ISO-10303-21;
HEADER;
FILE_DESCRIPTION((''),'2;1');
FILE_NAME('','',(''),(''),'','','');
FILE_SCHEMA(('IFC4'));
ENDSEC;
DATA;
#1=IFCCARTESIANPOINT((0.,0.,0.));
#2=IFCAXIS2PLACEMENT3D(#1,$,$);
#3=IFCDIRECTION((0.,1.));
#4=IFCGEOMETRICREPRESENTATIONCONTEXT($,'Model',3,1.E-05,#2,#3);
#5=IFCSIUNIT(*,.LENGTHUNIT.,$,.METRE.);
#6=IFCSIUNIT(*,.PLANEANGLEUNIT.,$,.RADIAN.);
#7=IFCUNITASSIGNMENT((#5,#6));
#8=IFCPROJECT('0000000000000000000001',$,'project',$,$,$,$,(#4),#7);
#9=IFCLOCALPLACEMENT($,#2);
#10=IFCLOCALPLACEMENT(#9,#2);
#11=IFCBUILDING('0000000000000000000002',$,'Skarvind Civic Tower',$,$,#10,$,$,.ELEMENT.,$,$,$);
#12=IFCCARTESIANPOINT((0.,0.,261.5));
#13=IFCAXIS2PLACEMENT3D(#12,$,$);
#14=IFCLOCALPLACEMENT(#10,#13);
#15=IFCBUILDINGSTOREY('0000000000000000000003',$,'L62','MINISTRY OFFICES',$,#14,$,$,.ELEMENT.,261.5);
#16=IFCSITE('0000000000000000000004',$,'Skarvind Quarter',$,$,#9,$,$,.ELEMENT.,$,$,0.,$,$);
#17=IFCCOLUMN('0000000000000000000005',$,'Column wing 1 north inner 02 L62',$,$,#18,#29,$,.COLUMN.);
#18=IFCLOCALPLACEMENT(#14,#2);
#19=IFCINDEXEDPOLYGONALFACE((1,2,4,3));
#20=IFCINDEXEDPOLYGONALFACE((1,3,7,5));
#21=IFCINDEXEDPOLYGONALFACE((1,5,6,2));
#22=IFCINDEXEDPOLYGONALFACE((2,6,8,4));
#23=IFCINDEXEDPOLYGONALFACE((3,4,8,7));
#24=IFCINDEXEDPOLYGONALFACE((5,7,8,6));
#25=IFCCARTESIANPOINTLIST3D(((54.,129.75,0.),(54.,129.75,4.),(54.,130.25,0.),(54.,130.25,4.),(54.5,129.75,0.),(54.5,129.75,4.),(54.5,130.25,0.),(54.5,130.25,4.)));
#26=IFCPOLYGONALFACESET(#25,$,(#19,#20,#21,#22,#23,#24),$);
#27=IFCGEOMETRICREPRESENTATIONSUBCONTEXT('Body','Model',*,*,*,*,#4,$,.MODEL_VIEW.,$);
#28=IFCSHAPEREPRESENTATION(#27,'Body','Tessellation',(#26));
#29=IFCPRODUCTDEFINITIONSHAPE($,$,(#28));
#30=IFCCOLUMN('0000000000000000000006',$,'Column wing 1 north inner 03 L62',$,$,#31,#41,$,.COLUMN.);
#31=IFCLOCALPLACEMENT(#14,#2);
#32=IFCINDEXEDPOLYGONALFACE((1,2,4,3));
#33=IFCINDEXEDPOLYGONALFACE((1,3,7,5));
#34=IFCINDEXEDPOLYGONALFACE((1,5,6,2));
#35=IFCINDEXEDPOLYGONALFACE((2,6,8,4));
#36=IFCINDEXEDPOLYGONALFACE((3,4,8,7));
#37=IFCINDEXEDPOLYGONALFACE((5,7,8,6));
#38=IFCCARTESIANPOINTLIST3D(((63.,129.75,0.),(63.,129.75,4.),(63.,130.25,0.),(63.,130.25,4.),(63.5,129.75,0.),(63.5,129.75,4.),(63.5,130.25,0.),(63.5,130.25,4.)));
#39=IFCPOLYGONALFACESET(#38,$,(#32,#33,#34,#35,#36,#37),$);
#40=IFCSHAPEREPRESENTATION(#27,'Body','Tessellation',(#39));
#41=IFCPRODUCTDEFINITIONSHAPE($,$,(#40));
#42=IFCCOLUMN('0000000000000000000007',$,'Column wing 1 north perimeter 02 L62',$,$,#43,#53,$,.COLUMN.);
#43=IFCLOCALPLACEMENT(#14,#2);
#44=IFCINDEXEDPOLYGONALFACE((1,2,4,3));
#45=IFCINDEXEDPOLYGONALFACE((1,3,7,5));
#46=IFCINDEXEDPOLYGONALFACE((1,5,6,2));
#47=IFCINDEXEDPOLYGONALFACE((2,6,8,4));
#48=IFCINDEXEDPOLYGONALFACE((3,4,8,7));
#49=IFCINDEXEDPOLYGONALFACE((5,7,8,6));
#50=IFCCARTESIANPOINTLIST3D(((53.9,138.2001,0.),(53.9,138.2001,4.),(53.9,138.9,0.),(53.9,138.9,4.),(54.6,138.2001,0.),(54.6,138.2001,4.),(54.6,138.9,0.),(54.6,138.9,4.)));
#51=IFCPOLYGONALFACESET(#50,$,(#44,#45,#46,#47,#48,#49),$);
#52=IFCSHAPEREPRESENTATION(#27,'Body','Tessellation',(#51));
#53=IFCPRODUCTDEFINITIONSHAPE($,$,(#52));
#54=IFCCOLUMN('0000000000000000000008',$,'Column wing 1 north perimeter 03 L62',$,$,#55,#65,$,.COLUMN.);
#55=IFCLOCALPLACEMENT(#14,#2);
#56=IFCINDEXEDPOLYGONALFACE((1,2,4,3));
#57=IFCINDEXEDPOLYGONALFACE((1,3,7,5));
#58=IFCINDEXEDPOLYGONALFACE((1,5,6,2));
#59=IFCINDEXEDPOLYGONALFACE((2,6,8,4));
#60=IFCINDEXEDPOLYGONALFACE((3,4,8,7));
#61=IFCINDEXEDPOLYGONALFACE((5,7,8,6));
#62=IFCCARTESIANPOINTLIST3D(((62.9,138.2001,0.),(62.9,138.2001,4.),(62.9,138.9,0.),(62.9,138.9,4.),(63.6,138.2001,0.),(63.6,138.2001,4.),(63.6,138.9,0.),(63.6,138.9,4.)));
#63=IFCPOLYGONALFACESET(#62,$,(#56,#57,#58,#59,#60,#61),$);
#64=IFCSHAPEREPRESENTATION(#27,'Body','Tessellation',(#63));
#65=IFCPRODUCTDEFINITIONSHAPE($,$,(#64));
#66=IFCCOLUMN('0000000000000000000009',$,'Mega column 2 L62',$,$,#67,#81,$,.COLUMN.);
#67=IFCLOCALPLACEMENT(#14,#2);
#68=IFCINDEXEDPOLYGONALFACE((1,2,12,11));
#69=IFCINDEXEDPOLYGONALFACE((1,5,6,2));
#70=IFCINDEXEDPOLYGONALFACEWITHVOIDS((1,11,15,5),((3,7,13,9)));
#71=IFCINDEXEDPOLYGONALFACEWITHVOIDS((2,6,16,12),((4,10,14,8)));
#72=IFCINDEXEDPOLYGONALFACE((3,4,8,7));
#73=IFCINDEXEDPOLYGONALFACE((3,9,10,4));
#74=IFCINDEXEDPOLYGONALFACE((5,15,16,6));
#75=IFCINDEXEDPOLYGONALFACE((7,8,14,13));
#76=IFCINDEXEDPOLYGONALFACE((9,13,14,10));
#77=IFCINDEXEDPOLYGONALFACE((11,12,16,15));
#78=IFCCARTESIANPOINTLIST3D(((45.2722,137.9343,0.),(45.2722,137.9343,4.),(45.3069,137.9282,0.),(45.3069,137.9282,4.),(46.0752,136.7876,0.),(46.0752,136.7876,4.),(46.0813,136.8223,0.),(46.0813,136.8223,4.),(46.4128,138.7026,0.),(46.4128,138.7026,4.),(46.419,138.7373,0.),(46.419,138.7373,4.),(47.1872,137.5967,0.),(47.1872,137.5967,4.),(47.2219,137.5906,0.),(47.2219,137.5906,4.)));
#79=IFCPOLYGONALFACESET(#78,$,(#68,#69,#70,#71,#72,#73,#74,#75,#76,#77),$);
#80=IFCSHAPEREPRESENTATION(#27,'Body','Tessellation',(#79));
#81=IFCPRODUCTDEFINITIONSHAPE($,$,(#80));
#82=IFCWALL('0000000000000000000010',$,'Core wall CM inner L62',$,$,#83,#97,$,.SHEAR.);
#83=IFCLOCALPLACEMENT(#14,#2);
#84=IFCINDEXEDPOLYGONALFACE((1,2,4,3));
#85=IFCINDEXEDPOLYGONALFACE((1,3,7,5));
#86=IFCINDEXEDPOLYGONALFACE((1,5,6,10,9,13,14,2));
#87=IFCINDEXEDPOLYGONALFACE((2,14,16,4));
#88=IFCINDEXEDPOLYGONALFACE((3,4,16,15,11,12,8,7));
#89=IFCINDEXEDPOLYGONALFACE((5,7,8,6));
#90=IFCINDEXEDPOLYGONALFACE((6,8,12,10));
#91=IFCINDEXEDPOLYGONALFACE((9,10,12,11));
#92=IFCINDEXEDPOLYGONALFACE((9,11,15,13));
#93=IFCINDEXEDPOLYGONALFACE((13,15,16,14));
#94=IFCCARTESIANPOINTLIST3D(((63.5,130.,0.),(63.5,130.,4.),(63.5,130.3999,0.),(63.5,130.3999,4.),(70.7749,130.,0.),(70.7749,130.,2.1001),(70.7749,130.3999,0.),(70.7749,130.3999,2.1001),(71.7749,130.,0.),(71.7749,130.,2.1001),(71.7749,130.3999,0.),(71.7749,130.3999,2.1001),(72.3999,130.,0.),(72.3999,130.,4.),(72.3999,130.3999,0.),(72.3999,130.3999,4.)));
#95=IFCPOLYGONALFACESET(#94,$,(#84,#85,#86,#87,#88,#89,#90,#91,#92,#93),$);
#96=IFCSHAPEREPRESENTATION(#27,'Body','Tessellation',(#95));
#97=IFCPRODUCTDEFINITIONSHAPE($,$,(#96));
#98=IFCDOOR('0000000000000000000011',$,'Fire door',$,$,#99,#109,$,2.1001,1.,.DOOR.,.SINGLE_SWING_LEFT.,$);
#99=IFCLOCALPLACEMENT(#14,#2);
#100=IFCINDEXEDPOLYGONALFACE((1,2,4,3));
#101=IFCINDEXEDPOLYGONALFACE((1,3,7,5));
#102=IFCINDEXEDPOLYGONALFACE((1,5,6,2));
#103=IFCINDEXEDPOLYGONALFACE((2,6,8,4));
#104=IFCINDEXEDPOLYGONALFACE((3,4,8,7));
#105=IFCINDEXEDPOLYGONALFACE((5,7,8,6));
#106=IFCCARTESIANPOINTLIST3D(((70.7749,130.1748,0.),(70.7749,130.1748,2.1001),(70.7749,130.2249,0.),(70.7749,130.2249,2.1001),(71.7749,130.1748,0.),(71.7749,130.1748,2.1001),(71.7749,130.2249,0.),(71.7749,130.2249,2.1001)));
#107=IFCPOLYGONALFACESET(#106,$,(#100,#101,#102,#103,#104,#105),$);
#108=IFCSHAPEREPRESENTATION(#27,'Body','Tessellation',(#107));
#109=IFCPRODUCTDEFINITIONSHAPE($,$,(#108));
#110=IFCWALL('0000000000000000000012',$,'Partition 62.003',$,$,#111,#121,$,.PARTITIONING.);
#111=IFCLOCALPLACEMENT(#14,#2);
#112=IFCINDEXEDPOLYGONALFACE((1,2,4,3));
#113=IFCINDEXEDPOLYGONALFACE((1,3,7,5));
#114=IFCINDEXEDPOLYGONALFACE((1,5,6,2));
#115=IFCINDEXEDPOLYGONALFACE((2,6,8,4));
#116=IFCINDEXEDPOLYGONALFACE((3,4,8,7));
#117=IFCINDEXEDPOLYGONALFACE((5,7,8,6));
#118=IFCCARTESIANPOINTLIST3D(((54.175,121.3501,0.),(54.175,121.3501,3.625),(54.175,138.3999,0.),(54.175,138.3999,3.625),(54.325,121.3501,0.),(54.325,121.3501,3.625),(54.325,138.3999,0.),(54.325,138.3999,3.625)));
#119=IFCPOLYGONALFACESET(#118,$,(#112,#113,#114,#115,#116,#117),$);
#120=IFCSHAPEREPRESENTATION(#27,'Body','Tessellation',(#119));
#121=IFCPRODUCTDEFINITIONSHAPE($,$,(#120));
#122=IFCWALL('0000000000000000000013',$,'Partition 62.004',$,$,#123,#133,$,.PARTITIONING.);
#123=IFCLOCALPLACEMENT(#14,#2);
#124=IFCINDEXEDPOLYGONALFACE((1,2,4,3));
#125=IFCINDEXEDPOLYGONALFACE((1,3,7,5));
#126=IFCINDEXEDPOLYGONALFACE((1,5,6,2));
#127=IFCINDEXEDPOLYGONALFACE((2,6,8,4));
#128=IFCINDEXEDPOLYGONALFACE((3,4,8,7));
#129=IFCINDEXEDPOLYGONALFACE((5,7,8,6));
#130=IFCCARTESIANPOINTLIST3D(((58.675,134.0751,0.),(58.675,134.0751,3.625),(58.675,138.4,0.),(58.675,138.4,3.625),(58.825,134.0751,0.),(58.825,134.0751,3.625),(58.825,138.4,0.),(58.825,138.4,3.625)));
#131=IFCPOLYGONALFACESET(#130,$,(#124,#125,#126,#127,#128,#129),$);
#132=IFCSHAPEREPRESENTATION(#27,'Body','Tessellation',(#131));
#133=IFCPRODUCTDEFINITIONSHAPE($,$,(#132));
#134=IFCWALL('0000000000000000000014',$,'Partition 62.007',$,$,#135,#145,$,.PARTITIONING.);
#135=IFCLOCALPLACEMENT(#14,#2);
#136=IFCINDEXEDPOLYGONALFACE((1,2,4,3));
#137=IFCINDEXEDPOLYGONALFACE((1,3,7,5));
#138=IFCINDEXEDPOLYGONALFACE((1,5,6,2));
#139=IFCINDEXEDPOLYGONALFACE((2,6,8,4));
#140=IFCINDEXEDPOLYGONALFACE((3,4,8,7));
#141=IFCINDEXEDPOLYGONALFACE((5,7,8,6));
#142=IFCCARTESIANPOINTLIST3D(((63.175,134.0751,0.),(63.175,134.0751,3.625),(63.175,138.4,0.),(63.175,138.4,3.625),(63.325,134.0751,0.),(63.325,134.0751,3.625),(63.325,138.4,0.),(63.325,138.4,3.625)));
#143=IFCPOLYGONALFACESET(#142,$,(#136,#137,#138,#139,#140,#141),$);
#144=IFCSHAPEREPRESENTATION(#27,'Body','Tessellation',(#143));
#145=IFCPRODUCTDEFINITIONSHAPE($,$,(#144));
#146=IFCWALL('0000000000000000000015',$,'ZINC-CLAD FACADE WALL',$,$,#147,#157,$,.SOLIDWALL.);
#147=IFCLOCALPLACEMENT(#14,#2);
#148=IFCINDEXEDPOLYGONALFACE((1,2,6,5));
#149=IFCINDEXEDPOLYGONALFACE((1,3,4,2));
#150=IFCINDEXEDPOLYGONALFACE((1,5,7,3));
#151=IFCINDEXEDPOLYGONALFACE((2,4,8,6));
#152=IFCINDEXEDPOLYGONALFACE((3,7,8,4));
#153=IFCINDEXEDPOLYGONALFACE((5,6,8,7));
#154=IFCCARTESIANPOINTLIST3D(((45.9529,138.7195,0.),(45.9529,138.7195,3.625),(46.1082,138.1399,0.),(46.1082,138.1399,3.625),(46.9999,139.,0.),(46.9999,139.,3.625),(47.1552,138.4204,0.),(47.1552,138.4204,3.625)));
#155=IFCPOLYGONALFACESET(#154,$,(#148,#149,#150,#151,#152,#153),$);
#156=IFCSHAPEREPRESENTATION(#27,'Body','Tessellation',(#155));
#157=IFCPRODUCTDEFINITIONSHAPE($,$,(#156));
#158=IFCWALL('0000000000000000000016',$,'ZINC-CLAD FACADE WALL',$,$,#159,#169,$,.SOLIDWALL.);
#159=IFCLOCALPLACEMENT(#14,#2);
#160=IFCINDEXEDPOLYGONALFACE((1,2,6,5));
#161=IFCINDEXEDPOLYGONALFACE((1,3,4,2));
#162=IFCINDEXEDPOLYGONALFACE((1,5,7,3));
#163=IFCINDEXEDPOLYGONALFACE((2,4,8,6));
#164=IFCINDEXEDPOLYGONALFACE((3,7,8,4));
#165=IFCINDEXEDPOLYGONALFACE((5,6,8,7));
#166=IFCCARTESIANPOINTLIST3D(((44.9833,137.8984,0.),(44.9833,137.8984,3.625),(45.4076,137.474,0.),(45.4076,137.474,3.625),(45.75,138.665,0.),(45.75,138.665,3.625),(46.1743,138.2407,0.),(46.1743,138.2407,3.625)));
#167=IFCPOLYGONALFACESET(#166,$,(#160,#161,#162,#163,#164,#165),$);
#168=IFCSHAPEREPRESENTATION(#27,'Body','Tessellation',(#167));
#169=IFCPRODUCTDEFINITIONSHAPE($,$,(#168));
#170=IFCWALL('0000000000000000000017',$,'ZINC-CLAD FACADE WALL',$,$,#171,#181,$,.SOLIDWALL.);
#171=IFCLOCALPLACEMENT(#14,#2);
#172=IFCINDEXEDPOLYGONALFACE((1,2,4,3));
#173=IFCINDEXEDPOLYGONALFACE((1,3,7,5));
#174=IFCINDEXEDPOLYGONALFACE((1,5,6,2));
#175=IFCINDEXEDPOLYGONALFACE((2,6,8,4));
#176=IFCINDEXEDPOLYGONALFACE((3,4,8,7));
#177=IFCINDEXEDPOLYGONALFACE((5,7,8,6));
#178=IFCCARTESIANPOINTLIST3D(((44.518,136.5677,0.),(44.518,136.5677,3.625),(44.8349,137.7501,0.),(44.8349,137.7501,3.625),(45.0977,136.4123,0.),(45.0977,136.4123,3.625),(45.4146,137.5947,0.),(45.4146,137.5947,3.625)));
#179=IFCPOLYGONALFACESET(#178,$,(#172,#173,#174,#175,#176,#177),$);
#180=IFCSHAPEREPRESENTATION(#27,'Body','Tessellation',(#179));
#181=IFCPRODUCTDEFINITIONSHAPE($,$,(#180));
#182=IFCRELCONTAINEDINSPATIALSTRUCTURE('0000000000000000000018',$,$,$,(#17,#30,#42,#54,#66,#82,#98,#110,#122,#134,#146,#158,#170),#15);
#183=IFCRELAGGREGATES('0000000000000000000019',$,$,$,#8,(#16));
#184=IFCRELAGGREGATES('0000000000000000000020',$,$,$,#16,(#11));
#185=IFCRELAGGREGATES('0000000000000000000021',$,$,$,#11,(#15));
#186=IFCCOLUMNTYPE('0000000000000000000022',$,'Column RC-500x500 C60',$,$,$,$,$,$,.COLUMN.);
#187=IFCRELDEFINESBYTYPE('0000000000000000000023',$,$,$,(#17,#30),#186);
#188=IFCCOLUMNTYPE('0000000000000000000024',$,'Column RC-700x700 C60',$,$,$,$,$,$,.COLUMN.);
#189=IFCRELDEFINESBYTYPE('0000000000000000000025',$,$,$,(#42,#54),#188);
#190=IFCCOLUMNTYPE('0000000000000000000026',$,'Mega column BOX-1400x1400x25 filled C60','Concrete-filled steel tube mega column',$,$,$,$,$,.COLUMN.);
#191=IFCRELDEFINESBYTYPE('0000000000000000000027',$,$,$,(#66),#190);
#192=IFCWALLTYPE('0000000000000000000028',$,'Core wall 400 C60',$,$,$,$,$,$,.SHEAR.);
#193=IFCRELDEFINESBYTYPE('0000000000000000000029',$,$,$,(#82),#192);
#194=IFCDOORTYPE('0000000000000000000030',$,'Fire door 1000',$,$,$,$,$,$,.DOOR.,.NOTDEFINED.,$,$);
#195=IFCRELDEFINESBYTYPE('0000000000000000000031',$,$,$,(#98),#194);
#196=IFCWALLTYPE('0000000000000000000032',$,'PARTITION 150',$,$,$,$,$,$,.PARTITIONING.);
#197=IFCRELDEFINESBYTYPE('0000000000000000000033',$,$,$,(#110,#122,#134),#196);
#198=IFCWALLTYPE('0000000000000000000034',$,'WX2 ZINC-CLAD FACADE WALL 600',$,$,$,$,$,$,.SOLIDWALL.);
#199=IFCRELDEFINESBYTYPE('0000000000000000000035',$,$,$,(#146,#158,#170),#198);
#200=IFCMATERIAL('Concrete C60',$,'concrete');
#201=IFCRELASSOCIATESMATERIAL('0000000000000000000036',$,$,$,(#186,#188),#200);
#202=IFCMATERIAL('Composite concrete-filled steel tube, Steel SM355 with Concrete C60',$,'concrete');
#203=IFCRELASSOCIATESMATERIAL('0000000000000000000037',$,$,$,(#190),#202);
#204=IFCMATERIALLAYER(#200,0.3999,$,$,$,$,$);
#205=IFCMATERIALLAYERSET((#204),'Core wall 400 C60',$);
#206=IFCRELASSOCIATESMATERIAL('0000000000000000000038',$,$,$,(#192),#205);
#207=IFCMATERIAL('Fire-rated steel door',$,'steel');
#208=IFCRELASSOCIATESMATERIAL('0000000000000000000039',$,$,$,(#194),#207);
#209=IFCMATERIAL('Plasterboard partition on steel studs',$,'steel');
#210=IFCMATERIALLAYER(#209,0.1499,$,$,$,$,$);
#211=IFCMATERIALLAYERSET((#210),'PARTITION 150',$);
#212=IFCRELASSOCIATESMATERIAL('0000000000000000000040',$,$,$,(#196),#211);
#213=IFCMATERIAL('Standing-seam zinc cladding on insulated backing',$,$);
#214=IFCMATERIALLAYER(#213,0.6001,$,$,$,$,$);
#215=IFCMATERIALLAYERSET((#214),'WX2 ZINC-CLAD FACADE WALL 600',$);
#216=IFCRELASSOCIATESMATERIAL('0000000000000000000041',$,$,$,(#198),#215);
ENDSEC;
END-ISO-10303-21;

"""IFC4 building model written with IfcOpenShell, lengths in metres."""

from ifc_helpers import new_model, si_unit, direction, frame, frame_2d, origin, origin_2d, place, context, subcontext, project, spatial, rectangle, hollow_rectangle, extrude, material, layer, layer_set, material_profile, profile_set, type_object, element, fill, save


model = new_model("IFC4")

# Units and contexts
model_context = context("Model", 3, precision=1e-05, world=origin(), true_north=direction((0.0, 1.0)))
body_context = subcontext(model_context, "Body", "Model", "MODEL_VIEW")
ifc_project = project(units=[si_unit("LENGTHUNIT", "METRE"), si_unit("PLANEANGLEUNIT", "RADIAN")], contexts=[model_context])

# Site, building, storey
site_placement = place(None, origin())
site = spatial("IfcSite", under=ifc_project, at=site_placement, Name="Skarvind Quarter", CompositionType="ELEMENT", RefElevation=0.0)
building_placement = place(site_placement, origin())
building = spatial("IfcBuilding", under=site, at=building_placement, Name="Skarvind Civic Tower", CompositionType="ELEMENT")
storey_placement = place(building_placement, frame((0.0, 0.0, 261.5)))
storey = spatial("IfcBuildingStorey", under=building, at=storey_placement, Name="L62", Description="MINISTRY OFFICES", CompositionType="ELEMENT", Elevation=261.5)

# Columns
ifc_material_1 = material(Name="Concrete C60", Category="concrete")
ifc_material_profile_1 = material_profile(ifc_material_1, rectangle(XDim=0.5, YDim=0.5, at=origin_2d()), Name="RC-500x500")
ifc_profile_set_1 = profile_set([ifc_material_profile_1], Name="Concrete C60")
column_type_1 = type_object("IfcColumnType", Name="Column RC-500x500 C60", PredefinedType="COLUMN", material=ifc_profile_set_1)
for number, where, z_axis, x_axis, name in (
    (1, (54.25, 130.0, 0.0), (0.0, 0.0, 1.0), (1.0, 0.0, 0.0), "Column wing 1 north inner 02 L62"),
    (2, (63.25, 130.0, 0.0), (0.0, 0.0, 1.0), (1.0, 0.0, 0.0), "Column wing 1 north inner 03 L62"),
):
    element("IfcColumn", number, at=place(storey_placement, frame(where, z_axis=z_axis, x_axis=x_axis)), inside=storey, type_object=column_type_1, Name=name, PredefinedType="COLUMN", context=body_context, shape_type="SweptSolid", body=[
        extrude(rectangle(XDim=0.5, YDim=0.5, at=origin_2d()), origin(), (0.0, 0.0, 1.0), 4.0),
    ])
ifc_material_profile_2 = material_profile(ifc_material_1, rectangle(XDim=0.7, YDim=0.7, at=origin_2d()), Name="RC-700x700")
ifc_profile_set_2 = profile_set([ifc_material_profile_2], Name="Concrete C60")
column_type_2 = type_object("IfcColumnType", Name="Column RC-700x700 C60", PredefinedType="COLUMN", material=ifc_profile_set_2)
for number, where, z_axis, x_axis, name in (
    (3, (54.25, 138.55, 0.0), (0.0, 0.0, 1.0), (1.0, 0.0, 0.0), "Column wing 1 north perimeter 02 L62"),
    (4, (63.25, 138.55, 0.0), (0.0, 0.0, 1.0), (1.0, 0.0, 0.0), "Column wing 1 north perimeter 03 L62"),
):
    element("IfcColumn", number, at=place(storey_placement, frame(where, z_axis=z_axis, x_axis=x_axis)), inside=storey, type_object=column_type_2, Name=name, PredefinedType="COLUMN", context=body_context, shape_type="SweptSolid", body=[
        extrude(rectangle(XDim=0.7, YDim=0.7, at=origin_2d()), origin(), (0.0, 0.0, 1.0), 4.0),
    ])
ifc_material_2 = material(Name="Composite concrete-filled steel tube, Steel SM355 with Concrete C60", Category="concrete")
ifc_material_profile_3 = material_profile(ifc_material_2, hollow_rectangle(XDim=1.3999, YDim=1.3999, WallThickness=0.0249, at=origin_2d()), Name="BOX-1400x1400x25")
ifc_profile_set_3 = profile_set([ifc_material_profile_3], Name="Composite concrete-filled steel tube, Steel SM355 with Concrete C60")
column_type_3 = type_object("IfcColumnType", Name="Mega column BOX-1400x1400x25 filled C60", Description="Concrete-filled steel tube mega column", PredefinedType="COLUMN", material=ifc_profile_set_3)
column_placement = place(storey_placement, frame((46.2471, 137.7625, 0.0), z_axis=(0.0, 0.0, 1.0), x_axis=(0.573576, -0.819152, 0.0)))
element("IfcColumn", 5, at=column_placement, inside=storey, type_object=column_type_3, Name="Mega column 2 L62", PredefinedType="COLUMN", context=body_context, shape_type="SweptSolid", body=[
    extrude(hollow_rectangle(XDim=1.3999, YDim=1.3999, WallThickness=0.0249, at=origin_2d()), origin(), (0.0, 0.0, 1.0), 4.0),
])

# Wall, opening, door
ifc_layer_1 = layer(ifc_material_1, 0.3999)
ifc_layer_set_1 = layer_set([ifc_layer_1], Name="Core wall 400 C60")
wall_type_1 = type_object("IfcWallType", Name="Core wall 400 C60", PredefinedType="SHEAR", material=ifc_layer_set_1)
wall_1_placement = place(storey_placement, frame((63.5, 130.2, 0.0), z_axis=(0.0, 0.0, 1.0), x_axis=(1.0, 0.0, 0.0)))
wall_1 = element("IfcWall", 6, at=wall_1_placement, inside=storey, type_object=wall_type_1, Name="Core wall CM inner L62", PredefinedType="SHEAR", context=body_context, shape_type="SweptSolid", body=[
    extrude(rectangle(XDim=8.8999, YDim=0.3999, at=frame_2d((4.45, 0.0))), origin(), (0.0, 0.0, 1.0), 4.0),
])
opening_1_placement = place(wall_1_placement, frame((7.2749, 0.0, 0.0)))
opening_1 = element("IfcOpeningElement", 7, at=opening_1_placement, cuts=wall_1, PredefinedType="OPENING", context=body_context, shape_type="SweptSolid", body=[
    extrude(rectangle(XDim=1.0, YDim=2.1001, at=frame_2d((0.5, 1.05))), frame((0.0, 0.21, 0.0), z_axis=(0.0, -1.0, 0.0), x_axis=(1.0, 0.0, 0.0)), (0.0, 0.0, 1.0), 0.4199),
])
ifc_material_3 = material(Name="Fire-rated steel door", Category="steel")
door_type = type_object("IfcDoorType", Name="Fire door 1000", OperationType="NOTDEFINED", PredefinedType="DOOR", material=ifc_material_3)
door_placement = place(opening_1_placement, origin())
door = element("IfcDoor", 8, at=door_placement, inside=storey, type_object=door_type, Name="Fire door", OperationType="SINGLE_SWING_LEFT", OverallHeight=2.1001, OverallWidth=1.0, PredefinedType="DOOR", context=body_context, shape_type="SweptSolid", body=[
    extrude(rectangle(XDim=1.0, YDim=2.1001, at=frame_2d((0.5, 1.05))), frame((0.0, 0.0249, 0.0), z_axis=(0.0, -1.0, 0.0), x_axis=(1.0, 0.0, 0.0)), (0.0, 0.0, 1.0), 0.05),
])
fill(opening_1, door)

# Walls
ifc_material_4 = material(Name="Plasterboard partition on steel studs", Category="steel")
ifc_layer_2 = layer(ifc_material_4, 0.1499)
ifc_layer_set_2 = layer_set([ifc_layer_2], Name="PARTITION 150")
wall_type_2 = type_object("IfcWallType", Name="PARTITION 150", PredefinedType="PARTITIONING", material=ifc_layer_set_2)
wall_2_placement = place(storey_placement, frame((54.25, 138.3999, 0.0), z_axis=(0.0, 0.0, 1.0), x_axis=(0.0, -1.0, 0.0)))
element("IfcWall", 9, at=wall_2_placement, inside=storey, type_object=wall_type_2, Name="Partition 62.003", PredefinedType="PARTITIONING", context=body_context, shape_type="SweptSolid", body=[
    extrude(rectangle(XDim=17.0498, YDim=0.1499, at=frame_2d((8.5249, 0.0))), origin(), (0.0, 0.0, 1.0), 3.625),
])
for number, where, z_axis, x_axis, name in (
    (10, (58.75, 134.075, 0.0), (0.0, 0.0, 1.0), (0.0, 1.0, 0.0), "Partition 62.004"),
    (11, (63.25, 134.075, 0.0), (0.0, 0.0, 1.0), (0.0, 1.0, 0.0), "Partition 62.007"),
):
    element("IfcWall", number, at=place(storey_placement, frame(where, z_axis=z_axis, x_axis=x_axis)), inside=storey, type_object=wall_type_2, Name=name, PredefinedType="PARTITIONING", context=body_context, shape_type="SweptSolid", body=[
        extrude(rectangle(XDim=4.325, YDim=0.1499, at=frame_2d((2.1626, 0.0))), origin(), (0.0, 0.0, 1.0), 3.625),
    ])

# Shared definitions
ifc_material_5 = material(Name="Standing-seam zinc cladding on insulated backing")
ifc_layer_3 = layer(ifc_material_5, 0.6001)
ifc_layer_set_3 = layer_set([ifc_layer_3], Name="WX2 ZINC-CLAD FACADE WALL 600")
wall_type_3 = type_object("IfcWallType", Name="WX2 ZINC-CLAD FACADE WALL 600", PredefinedType="SOLIDWALL", material=ifc_layer_set_3)

# Walls
wall_3_placement = place(storey_placement, frame((46.0305, 138.4297, 0.0), z_axis=(0.0, 0.0, 1.0), x_axis=(0.965939, 0.25877, 0.0)))
element("IfcWall", 12, at=wall_3_placement, inside=storey, type_object=wall_type_3, Name="ZINC-CLAD FACADE WALL", PredefinedType="SOLIDWALL", context=body_context, shape_type="SweptSolid", body=[
    extrude(rectangle(XDim=1.084, YDim=0.6001, at=frame_2d((0.542, 0.0))), origin(), (0.0, 0.0, 1.0), 3.625),
])
wall_4_placement = place(storey_placement, frame((45.1956, 137.6863, 0.0), z_axis=(0.0, 0.0, 1.0), x_axis=(0.707107, 0.707107, 0.0)))
element("IfcWall", 13, at=wall_4_placement, inside=storey, type_object=wall_type_3, Name="ZINC-CLAD FACADE WALL", PredefinedType="SOLIDWALL", context=body_context, shape_type="SweptSolid", body=[
    extrude(rectangle(XDim=1.0842, YDim=0.6001, at=frame_2d((0.542, 0.0))), origin(), (0.0, 0.0, 1.0), 3.625),
])
wall_5_placement = place(storey_placement, frame((44.8079, 136.49, 0.0), z_axis=(0.0, 0.0, 1.0), x_axis=(0.258879, 0.96591, 0.0)))
element("IfcWall", 14, at=wall_5_placement, inside=storey, type_object=wall_type_3, Name="ZINC-CLAD FACADE WALL", PredefinedType="SOLIDWALL", context=body_context, shape_type="SweptSolid", body=[
    extrude(rectangle(XDim=1.2241, YDim=0.6001, at=frame_2d((0.6121, 0.0))), origin(), (0.0, 0.0, 1.0), 3.625),
])

save(model, "model.ifc")
